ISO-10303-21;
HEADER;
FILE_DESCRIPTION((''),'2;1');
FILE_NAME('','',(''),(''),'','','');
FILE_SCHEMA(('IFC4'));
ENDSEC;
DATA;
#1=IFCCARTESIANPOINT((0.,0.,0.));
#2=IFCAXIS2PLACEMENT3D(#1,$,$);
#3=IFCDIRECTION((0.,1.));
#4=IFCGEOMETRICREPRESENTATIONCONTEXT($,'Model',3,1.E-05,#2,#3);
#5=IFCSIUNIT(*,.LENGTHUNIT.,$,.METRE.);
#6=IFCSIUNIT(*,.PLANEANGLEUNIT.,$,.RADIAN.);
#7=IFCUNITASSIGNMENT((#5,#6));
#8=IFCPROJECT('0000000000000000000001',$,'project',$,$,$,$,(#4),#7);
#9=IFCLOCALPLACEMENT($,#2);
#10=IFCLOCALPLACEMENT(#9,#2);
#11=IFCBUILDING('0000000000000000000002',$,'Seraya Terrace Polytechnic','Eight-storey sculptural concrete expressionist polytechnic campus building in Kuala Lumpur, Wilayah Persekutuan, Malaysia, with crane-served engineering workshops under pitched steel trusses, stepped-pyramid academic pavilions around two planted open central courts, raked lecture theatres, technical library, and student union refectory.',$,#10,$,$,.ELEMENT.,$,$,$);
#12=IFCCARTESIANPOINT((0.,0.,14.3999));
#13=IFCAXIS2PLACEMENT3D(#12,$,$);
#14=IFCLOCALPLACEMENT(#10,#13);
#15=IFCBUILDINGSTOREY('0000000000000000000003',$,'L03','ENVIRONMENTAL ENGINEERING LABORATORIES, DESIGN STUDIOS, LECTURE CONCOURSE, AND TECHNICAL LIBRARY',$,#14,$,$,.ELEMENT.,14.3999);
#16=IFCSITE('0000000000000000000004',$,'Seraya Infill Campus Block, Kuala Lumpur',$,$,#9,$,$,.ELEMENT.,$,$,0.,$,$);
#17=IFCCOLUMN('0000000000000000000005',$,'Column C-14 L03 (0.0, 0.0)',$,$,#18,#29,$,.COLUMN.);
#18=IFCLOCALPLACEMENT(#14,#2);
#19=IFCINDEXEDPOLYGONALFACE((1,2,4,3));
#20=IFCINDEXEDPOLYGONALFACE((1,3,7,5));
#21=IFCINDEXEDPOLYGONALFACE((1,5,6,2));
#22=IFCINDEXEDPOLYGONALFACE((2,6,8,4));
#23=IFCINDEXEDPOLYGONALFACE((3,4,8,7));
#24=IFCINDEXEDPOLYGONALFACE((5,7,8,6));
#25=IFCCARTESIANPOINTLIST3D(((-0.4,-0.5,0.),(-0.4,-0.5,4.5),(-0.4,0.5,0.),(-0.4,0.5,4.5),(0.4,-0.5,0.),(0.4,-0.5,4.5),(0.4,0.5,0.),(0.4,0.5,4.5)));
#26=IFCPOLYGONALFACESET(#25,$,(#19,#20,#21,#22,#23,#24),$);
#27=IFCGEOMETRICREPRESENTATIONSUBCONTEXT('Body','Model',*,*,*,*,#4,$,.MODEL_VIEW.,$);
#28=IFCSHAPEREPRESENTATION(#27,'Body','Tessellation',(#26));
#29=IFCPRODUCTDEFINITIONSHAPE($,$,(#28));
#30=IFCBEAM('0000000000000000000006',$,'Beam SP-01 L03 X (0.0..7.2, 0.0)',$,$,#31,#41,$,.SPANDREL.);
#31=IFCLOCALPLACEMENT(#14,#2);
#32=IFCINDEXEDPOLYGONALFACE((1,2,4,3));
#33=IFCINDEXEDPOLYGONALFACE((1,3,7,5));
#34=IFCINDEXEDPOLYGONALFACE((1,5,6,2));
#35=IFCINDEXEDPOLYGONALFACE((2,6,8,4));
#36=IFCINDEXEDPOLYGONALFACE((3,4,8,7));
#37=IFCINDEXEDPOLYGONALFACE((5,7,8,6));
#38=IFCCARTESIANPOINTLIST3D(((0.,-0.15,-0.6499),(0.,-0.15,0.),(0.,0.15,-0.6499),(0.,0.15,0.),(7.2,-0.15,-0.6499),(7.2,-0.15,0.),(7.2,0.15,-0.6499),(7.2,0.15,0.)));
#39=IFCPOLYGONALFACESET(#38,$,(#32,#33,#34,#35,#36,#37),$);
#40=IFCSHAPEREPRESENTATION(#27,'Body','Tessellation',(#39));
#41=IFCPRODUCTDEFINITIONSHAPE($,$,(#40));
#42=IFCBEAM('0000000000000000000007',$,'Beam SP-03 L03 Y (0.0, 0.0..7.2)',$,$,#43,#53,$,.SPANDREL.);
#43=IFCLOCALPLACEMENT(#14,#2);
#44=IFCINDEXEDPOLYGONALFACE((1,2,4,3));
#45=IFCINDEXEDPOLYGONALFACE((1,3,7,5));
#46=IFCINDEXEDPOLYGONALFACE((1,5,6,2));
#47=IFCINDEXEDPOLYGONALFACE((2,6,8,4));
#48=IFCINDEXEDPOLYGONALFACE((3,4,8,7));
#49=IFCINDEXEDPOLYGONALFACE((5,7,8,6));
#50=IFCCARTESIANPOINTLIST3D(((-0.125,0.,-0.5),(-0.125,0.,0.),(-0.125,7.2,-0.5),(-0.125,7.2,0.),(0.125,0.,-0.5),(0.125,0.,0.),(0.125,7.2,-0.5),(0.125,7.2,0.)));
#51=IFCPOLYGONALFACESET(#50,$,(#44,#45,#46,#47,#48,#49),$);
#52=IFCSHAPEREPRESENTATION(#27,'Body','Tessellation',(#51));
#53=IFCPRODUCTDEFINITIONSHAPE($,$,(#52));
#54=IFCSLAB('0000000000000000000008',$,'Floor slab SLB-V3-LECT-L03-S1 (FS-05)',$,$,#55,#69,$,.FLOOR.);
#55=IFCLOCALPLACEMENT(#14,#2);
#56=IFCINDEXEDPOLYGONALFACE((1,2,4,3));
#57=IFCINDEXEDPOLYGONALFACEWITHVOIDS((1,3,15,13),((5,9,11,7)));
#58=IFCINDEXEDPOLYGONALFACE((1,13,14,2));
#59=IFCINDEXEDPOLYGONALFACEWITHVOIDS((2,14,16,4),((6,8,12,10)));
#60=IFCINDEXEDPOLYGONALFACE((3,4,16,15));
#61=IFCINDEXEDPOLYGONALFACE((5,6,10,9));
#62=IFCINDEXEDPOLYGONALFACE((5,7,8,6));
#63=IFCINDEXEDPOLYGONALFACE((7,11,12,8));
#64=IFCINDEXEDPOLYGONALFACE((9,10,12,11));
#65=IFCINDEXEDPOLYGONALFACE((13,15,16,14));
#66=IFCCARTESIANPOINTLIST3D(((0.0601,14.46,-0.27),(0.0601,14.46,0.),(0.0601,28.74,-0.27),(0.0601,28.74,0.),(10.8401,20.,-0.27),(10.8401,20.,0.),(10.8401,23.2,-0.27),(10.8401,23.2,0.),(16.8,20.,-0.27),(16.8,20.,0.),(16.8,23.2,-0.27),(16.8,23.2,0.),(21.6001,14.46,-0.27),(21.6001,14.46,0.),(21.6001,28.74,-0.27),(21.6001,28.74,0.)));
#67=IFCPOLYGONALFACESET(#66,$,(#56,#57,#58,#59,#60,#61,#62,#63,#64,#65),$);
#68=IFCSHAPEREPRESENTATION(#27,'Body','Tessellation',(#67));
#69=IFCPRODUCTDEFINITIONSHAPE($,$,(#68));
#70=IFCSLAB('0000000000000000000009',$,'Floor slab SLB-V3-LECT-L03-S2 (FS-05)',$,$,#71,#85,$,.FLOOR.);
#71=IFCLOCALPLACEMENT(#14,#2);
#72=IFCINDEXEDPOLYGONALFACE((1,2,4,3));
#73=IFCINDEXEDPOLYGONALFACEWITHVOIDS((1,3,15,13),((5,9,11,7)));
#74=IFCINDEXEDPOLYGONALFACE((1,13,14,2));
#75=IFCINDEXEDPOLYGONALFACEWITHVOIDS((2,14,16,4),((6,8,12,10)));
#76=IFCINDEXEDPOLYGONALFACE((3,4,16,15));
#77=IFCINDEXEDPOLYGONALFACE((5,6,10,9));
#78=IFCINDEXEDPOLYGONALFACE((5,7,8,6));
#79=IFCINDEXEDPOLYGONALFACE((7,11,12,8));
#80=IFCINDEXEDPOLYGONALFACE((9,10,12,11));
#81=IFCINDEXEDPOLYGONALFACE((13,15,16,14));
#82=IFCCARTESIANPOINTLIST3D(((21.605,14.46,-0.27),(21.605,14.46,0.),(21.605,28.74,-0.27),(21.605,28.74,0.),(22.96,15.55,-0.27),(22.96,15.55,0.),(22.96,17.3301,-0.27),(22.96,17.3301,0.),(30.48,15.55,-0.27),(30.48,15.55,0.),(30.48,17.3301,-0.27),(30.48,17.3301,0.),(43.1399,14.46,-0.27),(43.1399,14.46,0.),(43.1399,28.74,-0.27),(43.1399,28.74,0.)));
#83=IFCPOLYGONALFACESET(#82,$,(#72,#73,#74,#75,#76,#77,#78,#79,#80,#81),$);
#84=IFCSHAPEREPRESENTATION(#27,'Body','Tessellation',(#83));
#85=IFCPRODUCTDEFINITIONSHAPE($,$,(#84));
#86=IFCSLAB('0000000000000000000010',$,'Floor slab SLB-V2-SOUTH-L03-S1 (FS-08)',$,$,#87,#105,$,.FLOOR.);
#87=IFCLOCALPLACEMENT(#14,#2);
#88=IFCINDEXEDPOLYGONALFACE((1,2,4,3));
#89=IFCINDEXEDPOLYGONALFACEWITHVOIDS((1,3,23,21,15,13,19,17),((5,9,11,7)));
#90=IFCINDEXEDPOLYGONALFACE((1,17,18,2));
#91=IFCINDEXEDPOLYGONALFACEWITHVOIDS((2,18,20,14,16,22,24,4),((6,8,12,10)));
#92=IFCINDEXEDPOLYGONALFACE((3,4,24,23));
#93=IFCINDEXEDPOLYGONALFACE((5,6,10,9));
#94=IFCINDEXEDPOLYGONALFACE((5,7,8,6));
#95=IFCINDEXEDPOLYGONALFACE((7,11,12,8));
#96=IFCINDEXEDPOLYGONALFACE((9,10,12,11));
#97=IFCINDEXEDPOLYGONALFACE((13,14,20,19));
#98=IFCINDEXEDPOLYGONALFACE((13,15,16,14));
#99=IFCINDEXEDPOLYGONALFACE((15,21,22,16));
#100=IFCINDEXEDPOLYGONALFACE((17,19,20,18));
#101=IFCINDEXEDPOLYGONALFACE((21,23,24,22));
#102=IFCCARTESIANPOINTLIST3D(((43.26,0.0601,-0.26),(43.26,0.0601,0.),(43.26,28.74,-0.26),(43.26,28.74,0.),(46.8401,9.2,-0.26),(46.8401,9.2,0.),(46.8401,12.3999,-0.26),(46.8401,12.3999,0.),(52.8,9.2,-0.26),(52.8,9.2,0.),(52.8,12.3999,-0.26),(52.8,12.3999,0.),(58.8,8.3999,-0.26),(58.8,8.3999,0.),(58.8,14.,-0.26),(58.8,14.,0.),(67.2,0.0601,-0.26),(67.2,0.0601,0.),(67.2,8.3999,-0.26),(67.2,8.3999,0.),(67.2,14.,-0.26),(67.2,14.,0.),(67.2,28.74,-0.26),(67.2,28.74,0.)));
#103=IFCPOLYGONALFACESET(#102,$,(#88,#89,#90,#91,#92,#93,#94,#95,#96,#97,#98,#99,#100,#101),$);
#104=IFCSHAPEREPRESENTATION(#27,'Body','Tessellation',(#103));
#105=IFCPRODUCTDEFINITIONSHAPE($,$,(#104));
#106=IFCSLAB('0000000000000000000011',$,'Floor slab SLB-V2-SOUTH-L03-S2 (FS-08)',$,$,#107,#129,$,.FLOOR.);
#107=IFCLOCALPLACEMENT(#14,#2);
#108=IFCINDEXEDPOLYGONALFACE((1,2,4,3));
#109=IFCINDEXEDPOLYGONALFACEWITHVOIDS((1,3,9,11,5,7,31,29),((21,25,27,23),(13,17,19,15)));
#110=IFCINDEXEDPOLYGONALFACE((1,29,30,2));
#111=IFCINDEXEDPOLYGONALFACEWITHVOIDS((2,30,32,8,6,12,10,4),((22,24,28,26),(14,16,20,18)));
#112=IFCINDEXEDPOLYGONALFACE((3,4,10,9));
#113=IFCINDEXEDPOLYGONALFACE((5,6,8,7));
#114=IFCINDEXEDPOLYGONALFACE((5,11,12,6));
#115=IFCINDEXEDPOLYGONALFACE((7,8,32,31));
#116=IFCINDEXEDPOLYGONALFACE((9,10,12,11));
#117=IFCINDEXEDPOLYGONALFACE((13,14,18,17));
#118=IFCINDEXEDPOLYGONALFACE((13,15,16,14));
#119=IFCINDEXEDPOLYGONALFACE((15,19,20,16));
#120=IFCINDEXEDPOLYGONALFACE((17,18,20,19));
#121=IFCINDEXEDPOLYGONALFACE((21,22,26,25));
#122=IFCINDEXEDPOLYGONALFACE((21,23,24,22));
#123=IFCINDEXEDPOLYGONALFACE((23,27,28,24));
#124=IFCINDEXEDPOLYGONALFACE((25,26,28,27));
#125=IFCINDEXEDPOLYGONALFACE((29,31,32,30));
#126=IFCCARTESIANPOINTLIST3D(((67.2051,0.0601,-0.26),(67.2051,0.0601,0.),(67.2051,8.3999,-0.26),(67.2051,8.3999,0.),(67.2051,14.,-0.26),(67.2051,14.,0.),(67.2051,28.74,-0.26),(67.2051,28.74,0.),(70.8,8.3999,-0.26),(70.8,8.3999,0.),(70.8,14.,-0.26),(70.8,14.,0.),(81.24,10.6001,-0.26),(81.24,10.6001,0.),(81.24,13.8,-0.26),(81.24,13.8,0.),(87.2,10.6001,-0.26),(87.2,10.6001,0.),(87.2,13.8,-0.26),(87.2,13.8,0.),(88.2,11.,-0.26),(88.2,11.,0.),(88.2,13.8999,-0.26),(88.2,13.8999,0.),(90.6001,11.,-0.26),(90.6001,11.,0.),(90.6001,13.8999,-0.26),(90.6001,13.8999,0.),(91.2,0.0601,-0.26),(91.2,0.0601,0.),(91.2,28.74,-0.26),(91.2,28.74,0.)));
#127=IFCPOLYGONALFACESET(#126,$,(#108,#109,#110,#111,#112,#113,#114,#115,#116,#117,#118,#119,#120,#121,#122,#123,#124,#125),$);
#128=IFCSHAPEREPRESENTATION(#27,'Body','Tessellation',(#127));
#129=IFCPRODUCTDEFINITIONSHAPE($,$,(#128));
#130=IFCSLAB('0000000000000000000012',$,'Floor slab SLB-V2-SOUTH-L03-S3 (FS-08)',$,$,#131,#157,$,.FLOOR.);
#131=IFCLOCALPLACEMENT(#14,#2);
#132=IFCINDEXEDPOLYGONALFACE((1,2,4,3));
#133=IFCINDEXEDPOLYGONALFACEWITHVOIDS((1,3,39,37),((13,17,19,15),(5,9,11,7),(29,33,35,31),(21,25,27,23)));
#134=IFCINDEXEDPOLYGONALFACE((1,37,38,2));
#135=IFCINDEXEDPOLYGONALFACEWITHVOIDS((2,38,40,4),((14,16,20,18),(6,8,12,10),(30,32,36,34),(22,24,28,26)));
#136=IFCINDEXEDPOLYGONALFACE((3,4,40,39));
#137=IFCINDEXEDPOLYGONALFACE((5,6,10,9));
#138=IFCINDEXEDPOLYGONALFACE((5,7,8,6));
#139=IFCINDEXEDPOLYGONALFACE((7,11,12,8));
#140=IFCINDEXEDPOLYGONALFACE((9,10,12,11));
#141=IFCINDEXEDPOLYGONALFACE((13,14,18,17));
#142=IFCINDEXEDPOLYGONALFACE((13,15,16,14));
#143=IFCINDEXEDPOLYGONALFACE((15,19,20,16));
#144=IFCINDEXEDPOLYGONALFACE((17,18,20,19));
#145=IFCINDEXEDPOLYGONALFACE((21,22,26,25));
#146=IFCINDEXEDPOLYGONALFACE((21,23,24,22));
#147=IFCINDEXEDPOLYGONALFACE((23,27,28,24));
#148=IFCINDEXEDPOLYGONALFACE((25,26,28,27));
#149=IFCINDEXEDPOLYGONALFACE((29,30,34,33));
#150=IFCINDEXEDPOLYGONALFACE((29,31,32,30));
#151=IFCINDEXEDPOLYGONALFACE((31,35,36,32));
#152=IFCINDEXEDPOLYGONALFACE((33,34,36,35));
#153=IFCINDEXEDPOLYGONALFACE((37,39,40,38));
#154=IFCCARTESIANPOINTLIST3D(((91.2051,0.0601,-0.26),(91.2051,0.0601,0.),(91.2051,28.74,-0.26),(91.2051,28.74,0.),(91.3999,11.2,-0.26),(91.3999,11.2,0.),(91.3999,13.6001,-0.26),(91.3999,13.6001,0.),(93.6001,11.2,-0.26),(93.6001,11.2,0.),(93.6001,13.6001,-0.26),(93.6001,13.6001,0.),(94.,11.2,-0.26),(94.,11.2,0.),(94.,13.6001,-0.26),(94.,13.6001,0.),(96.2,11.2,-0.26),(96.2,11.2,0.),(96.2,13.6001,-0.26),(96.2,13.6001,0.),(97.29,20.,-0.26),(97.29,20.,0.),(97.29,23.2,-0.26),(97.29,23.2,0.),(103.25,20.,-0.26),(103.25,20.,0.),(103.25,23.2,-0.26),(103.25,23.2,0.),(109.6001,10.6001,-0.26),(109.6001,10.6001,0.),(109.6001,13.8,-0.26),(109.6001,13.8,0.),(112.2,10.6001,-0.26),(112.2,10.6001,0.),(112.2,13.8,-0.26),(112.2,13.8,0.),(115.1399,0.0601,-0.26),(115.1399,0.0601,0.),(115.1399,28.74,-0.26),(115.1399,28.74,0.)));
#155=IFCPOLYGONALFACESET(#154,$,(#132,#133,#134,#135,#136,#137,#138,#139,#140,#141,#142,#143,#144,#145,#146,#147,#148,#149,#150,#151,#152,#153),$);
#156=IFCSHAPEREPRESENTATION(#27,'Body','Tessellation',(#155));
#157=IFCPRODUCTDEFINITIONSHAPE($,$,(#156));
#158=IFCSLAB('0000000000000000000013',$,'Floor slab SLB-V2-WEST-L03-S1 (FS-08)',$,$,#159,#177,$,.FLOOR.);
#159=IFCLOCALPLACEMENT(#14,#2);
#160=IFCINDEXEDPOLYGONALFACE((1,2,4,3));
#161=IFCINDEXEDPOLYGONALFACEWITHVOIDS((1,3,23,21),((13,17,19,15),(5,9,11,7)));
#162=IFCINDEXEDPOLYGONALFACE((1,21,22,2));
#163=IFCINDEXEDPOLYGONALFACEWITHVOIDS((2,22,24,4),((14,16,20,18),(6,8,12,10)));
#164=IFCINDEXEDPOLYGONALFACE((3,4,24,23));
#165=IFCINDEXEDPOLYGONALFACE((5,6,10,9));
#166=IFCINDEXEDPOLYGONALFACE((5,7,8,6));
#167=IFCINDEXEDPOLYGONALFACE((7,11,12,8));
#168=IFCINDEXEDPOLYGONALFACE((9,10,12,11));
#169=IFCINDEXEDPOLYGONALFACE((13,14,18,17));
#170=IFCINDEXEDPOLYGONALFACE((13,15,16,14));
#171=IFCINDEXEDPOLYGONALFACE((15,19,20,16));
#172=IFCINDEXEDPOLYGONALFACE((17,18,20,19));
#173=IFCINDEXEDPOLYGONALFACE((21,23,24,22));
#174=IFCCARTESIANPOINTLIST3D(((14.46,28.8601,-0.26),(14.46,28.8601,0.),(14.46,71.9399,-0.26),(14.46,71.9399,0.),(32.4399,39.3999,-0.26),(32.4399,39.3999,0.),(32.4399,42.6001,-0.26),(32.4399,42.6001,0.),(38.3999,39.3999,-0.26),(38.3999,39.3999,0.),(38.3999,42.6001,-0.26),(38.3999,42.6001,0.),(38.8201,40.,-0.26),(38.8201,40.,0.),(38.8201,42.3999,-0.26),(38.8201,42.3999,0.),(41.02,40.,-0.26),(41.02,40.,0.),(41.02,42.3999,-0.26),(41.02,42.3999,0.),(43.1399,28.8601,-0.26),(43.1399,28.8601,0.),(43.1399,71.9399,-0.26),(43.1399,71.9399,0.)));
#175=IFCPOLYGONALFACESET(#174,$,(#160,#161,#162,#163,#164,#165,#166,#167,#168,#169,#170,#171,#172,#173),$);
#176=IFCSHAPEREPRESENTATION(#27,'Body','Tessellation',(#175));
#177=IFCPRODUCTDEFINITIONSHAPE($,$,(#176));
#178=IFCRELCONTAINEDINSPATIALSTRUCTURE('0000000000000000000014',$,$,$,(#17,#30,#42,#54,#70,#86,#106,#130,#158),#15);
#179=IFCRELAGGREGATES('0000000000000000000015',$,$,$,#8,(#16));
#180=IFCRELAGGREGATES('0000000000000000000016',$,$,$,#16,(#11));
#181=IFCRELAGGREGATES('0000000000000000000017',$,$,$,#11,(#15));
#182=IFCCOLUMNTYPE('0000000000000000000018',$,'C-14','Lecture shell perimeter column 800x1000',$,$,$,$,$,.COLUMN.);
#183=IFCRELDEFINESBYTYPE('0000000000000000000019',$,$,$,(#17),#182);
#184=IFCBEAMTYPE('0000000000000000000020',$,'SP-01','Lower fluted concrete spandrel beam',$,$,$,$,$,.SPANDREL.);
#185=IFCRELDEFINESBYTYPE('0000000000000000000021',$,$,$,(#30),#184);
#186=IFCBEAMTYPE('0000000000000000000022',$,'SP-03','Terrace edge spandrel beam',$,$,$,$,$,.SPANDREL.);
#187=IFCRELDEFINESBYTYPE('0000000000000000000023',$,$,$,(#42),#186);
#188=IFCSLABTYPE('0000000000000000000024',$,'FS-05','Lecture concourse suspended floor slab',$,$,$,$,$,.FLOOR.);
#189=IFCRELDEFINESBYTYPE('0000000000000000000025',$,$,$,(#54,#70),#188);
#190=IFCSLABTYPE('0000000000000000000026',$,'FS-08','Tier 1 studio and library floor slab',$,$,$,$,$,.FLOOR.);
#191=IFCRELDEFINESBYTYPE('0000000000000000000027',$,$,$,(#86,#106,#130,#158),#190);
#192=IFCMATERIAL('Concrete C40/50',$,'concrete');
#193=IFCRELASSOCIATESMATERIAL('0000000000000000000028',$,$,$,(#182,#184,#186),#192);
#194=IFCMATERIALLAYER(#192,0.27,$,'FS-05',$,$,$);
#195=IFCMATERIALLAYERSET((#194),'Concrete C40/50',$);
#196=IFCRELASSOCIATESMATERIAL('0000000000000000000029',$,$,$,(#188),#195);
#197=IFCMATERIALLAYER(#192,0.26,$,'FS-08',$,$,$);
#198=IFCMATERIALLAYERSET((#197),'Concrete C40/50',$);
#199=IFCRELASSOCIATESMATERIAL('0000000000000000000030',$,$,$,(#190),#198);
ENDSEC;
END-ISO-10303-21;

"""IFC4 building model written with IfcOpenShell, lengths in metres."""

from ifc_helpers import new_model, si_unit, direction, frame, origin, origin_with_axes, origin_2d, place, context, subcontext, project, spatial, polyline, rectangle, outline, extrude, material, layer, layer_set, material_profile, profile_set, type_object, element, save


model = new_model("IFC4")

# Units and contexts
model_context = context("Model", 3, precision=1e-05, world=origin(), true_north=direction((0.0, 1.0)))
body_context = subcontext(model_context, "Body", "Model", "MODEL_VIEW")
ifc_project = project(units=[si_unit("LENGTHUNIT", "METRE"), si_unit("PLANEANGLEUNIT", "RADIAN")], contexts=[model_context])

# Site, building, storey
site_placement = place(None, origin())
site = spatial("IfcSite", under=ifc_project, at=site_placement, Name="Seraya Infill Campus Block, Kuala Lumpur", CompositionType="ELEMENT", RefElevation=0.0)
building_placement = place(site_placement, origin())
building = spatial("IfcBuilding", under=site, at=building_placement, Name="Seraya Terrace Polytechnic", Description="Eight-storey sculptural concrete expressionist polytechnic campus building in Kuala Lumpur, Wilayah Persekutuan, Malaysia, with crane-served engineering workshops under pitched steel trusses, stepped-pyramid academic pavilions around two planted open central courts, raked lecture theatres, technical library, and student union refectory.", CompositionType="ELEMENT")
storey_placement = place(building_placement, frame((0.0, 0.0, 14.3999)))
storey = spatial("IfcBuildingStorey", under=building, at=storey_placement, Name="L03", Description="ENVIRONMENTAL ENGINEERING LABORATORIES, DESIGN STUDIOS, LECTURE CONCOURSE, AND TECHNICAL LIBRARY", CompositionType="ELEMENT", Elevation=14.3999)

# Column
ifc_material_1 = material(Name="Concrete C40/50", Category="concrete")
ifc_material_profile_1 = material_profile(ifc_material_1, rectangle(XDim=0.8, YDim=1.0, at=origin_2d()), Name="RC 800x1000")
ifc_profile_set_1 = profile_set([ifc_material_profile_1], Name="Concrete C40/50")
column_type = type_object("IfcColumnType", Name="C-14", Description="Lecture shell perimeter column 800x1000", PredefinedType="COLUMN", material=ifc_profile_set_1)
column_placement = place(storey_placement, origin_with_axes())
element("IfcColumn", 1, at=column_placement, inside=storey, type_object=column_type, Name="Column C-14 L03 (0.0, 0.0)", PredefinedType="COLUMN", context=body_context, shape_type="SweptSolid", body=[
    extrude(rectangle(XDim=0.8, YDim=1.0, at=origin_2d()), origin(), (0.0, 0.0, 1.0), 4.5),
])

# Beams
ifc_material_profile_2 = material_profile(ifc_material_1, rectangle(XDim=0.3, YDim=0.6499, at=origin_2d()), Name="RC 300x650")
ifc_profile_set_2 = profile_set([ifc_material_profile_2], Name="Concrete C40/50")
beam_type_1 = type_object("IfcBeamType", Name="SP-01", Description="Lower fluted concrete spandrel beam", PredefinedType="SPANDREL", material=ifc_profile_set_2)
beam_1_placement = place(storey_placement, frame((0.0, 0.0, -0.325), z_axis=(1.0, 0.0, 0.0), x_axis=(0.0, 1.0, 0.0)))
element("IfcBeam", 2, at=beam_1_placement, inside=storey, type_object=beam_type_1, Name="Beam SP-01 L03 X (0.0..7.2, 0.0)", PredefinedType="SPANDREL", context=body_context, shape_type="SweptSolid", body=[
    extrude(rectangle(XDim=0.3, YDim=0.6499, at=origin_2d()), origin(), (0.0, 0.0, 1.0), 7.2),
])
ifc_material_profile_3 = material_profile(ifc_material_1, rectangle(XDim=0.25, YDim=0.5, at=origin_2d()), Name="RC 250x500")
ifc_profile_set_3 = profile_set([ifc_material_profile_3], Name="Concrete C40/50")
beam_type_2 = type_object("IfcBeamType", Name="SP-03", Description="Terrace edge spandrel beam", PredefinedType="SPANDREL", material=ifc_profile_set_3)
beam_2_placement = place(storey_placement, frame((0.0, 0.0, -0.25), z_axis=(0.0, 1.0, 0.0), x_axis=(-1.0, 0.0, 0.0)))
element("IfcBeam", 3, at=beam_2_placement, inside=storey, type_object=beam_type_2, Name="Beam SP-03 L03 Y (0.0, 0.0..7.2)", PredefinedType="SPANDREL", context=body_context, shape_type="SweptSolid", body=[
    extrude(rectangle(XDim=0.25, YDim=0.5, at=origin_2d()), origin(), (0.0, 0.0, 1.0), 7.2),
])

# Slabs
ifc_layer_1 = layer(ifc_material_1, 0.27, Name="FS-05")
ifc_layer_set_1 = layer_set([ifc_layer_1], Name="Concrete C40/50")
slab_type_1 = type_object("IfcSlabType", Name="FS-05", Description="Lecture concourse suspended floor slab", PredefinedType="FLOOR", material=ifc_layer_set_1)
slab_1_placement = place(storey_placement, frame((0.0, 0.0, -0.27)))
element("IfcSlab", 4, at=slab_1_placement, inside=storey, type_object=slab_type_1, Name="Floor slab SLB-V3-LECT-L03-S1 (FS-05)", PredefinedType="FLOOR", context=body_context, shape_type="SweptSolid", body=[
    extrude(outline(polyline([(0.0601, 28.74), (21.6001, 28.74), (21.6001, 14.46), (0.0601, 14.46), (0.0601, 28.74)]), holes=[polyline([(10.8401, 23.2), (10.8401, 20.0), (16.8, 20.0), (16.8, 23.2), (10.8401, 23.2)])]), origin(), (0.0, 0.0, 1.0), 0.27),
])
slab_2_placement = place(storey_placement, frame((0.0, 0.0, -0.27)))
element("IfcSlab", 5, at=slab_2_placement, inside=storey, type_object=slab_type_1, Name="Floor slab SLB-V3-LECT-L03-S2 (FS-05)", PredefinedType="FLOOR", context=body_context, shape_type="SweptSolid", body=[
    extrude(outline(polyline([(43.1399, 28.74), (43.1399, 14.46), (21.605, 14.46), (21.605, 28.74), (43.1399, 28.74)]), holes=[polyline([(22.96, 17.3301), (22.96, 15.55), (30.48, 15.55), (30.48, 17.3301), (22.96, 17.3301)])]), origin(), (0.0, 0.0, 1.0), 0.27),
])
ifc_layer_2 = layer(ifc_material_1, 0.26, Name="FS-08")
ifc_layer_set_2 = layer_set([ifc_layer_2], Name="Concrete C40/50")
slab_type_2 = type_object("IfcSlabType", Name="FS-08", Description="Tier 1 studio and library floor slab", PredefinedType="FLOOR", material=ifc_layer_set_2)
slab_3_placement = place(storey_placement, frame((0.0, 0.0, -0.26)))
element("IfcSlab", 6, at=slab_3_placement, inside=storey, type_object=slab_type_2, Name="Floor slab SLB-V2-SOUTH-L03-S1 (FS-08)", PredefinedType="FLOOR", context=body_context, shape_type="SweptSolid", body=[
    extrude(outline(polyline([(67.2, 0.0601), (43.26, 0.0601), (43.26, 28.74), (67.2, 28.74), (67.2, 14.0), (58.8, 14.0), (58.8, 8.3999), (67.2, 8.3999), (67.2, 0.0601)]), holes=[polyline([(52.8, 12.3999), (46.8401, 12.3999), (46.8401, 9.2), (52.8, 9.2), (52.8, 12.3999)])]), origin(), (0.0, 0.0, 1.0), 0.26),
])
slab_4_placement = place(storey_placement, frame((0.0, 0.0, -0.26)))
element("IfcSlab", 7, at=slab_4_placement, inside=storey, type_object=slab_type_2, Name="Floor slab SLB-V2-SOUTH-L03-S2 (FS-08)", PredefinedType="FLOOR", context=body_context, shape_type="SweptSolid", body=[
    extrude(outline(polyline([(91.2, 28.74), (91.2, 0.0601), (67.2051, 0.0601), (67.2051, 8.3999), (70.8, 8.3999), (70.8, 14.0), (67.2051, 14.0), (67.2051, 28.74), (91.2, 28.74)]), holes=[polyline([(81.24, 13.8), (81.24, 10.6001), (87.2, 10.6001), (87.2, 13.8), (81.24, 13.8)]), polyline([(88.2, 13.8999), (88.2, 11.0), (90.6001, 11.0), (90.6001, 13.8999), (88.2, 13.8999)])]), origin(), (0.0, 0.0, 1.0), 0.26),
])
slab_5_placement = place(storey_placement, frame((0.0, 0.0, -0.26)))
element("IfcSlab", 8, at=slab_5_placement, inside=storey, type_object=slab_type_2, Name="Floor slab SLB-V2-SOUTH-L03-S3 (FS-08)", PredefinedType="FLOOR", context=body_context, shape_type="SweptSolid", body=[
    extrude(outline(polyline([(115.1399, 28.74), (115.1399, 0.0601), (91.2051, 0.0601), (91.2051, 28.74), (115.1399, 28.74)]), holes=[polyline([(109.6001, 13.8), (109.6001, 10.6001), (112.2, 10.6001), (112.2, 13.8), (109.6001, 13.8)]), polyline([(91.3999, 13.6001), (91.3999, 11.2), (93.6001, 11.2), (93.6001, 13.6001), (91.3999, 13.6001)]), polyline([(94.0, 13.6001), (94.0, 11.2), (96.2, 11.2), (96.2, 13.6001), (94.0, 13.6001)]), polyline([(97.29, 23.2), (97.29, 20.0), (103.25, 20.0), (103.25, 23.2), (97.29, 23.2)])]), origin(), (0.0, 0.0, 1.0), 0.26),
])
slab_6_placement = place(storey_placement, frame((0.0, 0.0, -0.26)))
element("IfcSlab", 9, at=slab_6_placement, inside=storey, type_object=slab_type_2, Name="Floor slab SLB-V2-WEST-L03-S1 (FS-08)", PredefinedType="FLOOR", context=body_context, shape_type="SweptSolid", body=[
    extrude(outline(polyline([(14.46, 71.9399), (43.1399, 71.9399), (43.1399, 28.8601), (14.46, 28.8601), (14.46, 71.9399)]), holes=[polyline([(32.4399, 42.6001), (32.4399, 39.3999), (38.3999, 39.3999), (38.3999, 42.6001), (32.4399, 42.6001)]), polyline([(41.02, 42.3999), (38.8201, 42.3999), (38.8201, 40.0), (41.02, 40.0), (41.02, 42.3999)])]), origin(), (0.0, 0.0, 1.0), 0.26),
])

save(model, "model.ifc")
